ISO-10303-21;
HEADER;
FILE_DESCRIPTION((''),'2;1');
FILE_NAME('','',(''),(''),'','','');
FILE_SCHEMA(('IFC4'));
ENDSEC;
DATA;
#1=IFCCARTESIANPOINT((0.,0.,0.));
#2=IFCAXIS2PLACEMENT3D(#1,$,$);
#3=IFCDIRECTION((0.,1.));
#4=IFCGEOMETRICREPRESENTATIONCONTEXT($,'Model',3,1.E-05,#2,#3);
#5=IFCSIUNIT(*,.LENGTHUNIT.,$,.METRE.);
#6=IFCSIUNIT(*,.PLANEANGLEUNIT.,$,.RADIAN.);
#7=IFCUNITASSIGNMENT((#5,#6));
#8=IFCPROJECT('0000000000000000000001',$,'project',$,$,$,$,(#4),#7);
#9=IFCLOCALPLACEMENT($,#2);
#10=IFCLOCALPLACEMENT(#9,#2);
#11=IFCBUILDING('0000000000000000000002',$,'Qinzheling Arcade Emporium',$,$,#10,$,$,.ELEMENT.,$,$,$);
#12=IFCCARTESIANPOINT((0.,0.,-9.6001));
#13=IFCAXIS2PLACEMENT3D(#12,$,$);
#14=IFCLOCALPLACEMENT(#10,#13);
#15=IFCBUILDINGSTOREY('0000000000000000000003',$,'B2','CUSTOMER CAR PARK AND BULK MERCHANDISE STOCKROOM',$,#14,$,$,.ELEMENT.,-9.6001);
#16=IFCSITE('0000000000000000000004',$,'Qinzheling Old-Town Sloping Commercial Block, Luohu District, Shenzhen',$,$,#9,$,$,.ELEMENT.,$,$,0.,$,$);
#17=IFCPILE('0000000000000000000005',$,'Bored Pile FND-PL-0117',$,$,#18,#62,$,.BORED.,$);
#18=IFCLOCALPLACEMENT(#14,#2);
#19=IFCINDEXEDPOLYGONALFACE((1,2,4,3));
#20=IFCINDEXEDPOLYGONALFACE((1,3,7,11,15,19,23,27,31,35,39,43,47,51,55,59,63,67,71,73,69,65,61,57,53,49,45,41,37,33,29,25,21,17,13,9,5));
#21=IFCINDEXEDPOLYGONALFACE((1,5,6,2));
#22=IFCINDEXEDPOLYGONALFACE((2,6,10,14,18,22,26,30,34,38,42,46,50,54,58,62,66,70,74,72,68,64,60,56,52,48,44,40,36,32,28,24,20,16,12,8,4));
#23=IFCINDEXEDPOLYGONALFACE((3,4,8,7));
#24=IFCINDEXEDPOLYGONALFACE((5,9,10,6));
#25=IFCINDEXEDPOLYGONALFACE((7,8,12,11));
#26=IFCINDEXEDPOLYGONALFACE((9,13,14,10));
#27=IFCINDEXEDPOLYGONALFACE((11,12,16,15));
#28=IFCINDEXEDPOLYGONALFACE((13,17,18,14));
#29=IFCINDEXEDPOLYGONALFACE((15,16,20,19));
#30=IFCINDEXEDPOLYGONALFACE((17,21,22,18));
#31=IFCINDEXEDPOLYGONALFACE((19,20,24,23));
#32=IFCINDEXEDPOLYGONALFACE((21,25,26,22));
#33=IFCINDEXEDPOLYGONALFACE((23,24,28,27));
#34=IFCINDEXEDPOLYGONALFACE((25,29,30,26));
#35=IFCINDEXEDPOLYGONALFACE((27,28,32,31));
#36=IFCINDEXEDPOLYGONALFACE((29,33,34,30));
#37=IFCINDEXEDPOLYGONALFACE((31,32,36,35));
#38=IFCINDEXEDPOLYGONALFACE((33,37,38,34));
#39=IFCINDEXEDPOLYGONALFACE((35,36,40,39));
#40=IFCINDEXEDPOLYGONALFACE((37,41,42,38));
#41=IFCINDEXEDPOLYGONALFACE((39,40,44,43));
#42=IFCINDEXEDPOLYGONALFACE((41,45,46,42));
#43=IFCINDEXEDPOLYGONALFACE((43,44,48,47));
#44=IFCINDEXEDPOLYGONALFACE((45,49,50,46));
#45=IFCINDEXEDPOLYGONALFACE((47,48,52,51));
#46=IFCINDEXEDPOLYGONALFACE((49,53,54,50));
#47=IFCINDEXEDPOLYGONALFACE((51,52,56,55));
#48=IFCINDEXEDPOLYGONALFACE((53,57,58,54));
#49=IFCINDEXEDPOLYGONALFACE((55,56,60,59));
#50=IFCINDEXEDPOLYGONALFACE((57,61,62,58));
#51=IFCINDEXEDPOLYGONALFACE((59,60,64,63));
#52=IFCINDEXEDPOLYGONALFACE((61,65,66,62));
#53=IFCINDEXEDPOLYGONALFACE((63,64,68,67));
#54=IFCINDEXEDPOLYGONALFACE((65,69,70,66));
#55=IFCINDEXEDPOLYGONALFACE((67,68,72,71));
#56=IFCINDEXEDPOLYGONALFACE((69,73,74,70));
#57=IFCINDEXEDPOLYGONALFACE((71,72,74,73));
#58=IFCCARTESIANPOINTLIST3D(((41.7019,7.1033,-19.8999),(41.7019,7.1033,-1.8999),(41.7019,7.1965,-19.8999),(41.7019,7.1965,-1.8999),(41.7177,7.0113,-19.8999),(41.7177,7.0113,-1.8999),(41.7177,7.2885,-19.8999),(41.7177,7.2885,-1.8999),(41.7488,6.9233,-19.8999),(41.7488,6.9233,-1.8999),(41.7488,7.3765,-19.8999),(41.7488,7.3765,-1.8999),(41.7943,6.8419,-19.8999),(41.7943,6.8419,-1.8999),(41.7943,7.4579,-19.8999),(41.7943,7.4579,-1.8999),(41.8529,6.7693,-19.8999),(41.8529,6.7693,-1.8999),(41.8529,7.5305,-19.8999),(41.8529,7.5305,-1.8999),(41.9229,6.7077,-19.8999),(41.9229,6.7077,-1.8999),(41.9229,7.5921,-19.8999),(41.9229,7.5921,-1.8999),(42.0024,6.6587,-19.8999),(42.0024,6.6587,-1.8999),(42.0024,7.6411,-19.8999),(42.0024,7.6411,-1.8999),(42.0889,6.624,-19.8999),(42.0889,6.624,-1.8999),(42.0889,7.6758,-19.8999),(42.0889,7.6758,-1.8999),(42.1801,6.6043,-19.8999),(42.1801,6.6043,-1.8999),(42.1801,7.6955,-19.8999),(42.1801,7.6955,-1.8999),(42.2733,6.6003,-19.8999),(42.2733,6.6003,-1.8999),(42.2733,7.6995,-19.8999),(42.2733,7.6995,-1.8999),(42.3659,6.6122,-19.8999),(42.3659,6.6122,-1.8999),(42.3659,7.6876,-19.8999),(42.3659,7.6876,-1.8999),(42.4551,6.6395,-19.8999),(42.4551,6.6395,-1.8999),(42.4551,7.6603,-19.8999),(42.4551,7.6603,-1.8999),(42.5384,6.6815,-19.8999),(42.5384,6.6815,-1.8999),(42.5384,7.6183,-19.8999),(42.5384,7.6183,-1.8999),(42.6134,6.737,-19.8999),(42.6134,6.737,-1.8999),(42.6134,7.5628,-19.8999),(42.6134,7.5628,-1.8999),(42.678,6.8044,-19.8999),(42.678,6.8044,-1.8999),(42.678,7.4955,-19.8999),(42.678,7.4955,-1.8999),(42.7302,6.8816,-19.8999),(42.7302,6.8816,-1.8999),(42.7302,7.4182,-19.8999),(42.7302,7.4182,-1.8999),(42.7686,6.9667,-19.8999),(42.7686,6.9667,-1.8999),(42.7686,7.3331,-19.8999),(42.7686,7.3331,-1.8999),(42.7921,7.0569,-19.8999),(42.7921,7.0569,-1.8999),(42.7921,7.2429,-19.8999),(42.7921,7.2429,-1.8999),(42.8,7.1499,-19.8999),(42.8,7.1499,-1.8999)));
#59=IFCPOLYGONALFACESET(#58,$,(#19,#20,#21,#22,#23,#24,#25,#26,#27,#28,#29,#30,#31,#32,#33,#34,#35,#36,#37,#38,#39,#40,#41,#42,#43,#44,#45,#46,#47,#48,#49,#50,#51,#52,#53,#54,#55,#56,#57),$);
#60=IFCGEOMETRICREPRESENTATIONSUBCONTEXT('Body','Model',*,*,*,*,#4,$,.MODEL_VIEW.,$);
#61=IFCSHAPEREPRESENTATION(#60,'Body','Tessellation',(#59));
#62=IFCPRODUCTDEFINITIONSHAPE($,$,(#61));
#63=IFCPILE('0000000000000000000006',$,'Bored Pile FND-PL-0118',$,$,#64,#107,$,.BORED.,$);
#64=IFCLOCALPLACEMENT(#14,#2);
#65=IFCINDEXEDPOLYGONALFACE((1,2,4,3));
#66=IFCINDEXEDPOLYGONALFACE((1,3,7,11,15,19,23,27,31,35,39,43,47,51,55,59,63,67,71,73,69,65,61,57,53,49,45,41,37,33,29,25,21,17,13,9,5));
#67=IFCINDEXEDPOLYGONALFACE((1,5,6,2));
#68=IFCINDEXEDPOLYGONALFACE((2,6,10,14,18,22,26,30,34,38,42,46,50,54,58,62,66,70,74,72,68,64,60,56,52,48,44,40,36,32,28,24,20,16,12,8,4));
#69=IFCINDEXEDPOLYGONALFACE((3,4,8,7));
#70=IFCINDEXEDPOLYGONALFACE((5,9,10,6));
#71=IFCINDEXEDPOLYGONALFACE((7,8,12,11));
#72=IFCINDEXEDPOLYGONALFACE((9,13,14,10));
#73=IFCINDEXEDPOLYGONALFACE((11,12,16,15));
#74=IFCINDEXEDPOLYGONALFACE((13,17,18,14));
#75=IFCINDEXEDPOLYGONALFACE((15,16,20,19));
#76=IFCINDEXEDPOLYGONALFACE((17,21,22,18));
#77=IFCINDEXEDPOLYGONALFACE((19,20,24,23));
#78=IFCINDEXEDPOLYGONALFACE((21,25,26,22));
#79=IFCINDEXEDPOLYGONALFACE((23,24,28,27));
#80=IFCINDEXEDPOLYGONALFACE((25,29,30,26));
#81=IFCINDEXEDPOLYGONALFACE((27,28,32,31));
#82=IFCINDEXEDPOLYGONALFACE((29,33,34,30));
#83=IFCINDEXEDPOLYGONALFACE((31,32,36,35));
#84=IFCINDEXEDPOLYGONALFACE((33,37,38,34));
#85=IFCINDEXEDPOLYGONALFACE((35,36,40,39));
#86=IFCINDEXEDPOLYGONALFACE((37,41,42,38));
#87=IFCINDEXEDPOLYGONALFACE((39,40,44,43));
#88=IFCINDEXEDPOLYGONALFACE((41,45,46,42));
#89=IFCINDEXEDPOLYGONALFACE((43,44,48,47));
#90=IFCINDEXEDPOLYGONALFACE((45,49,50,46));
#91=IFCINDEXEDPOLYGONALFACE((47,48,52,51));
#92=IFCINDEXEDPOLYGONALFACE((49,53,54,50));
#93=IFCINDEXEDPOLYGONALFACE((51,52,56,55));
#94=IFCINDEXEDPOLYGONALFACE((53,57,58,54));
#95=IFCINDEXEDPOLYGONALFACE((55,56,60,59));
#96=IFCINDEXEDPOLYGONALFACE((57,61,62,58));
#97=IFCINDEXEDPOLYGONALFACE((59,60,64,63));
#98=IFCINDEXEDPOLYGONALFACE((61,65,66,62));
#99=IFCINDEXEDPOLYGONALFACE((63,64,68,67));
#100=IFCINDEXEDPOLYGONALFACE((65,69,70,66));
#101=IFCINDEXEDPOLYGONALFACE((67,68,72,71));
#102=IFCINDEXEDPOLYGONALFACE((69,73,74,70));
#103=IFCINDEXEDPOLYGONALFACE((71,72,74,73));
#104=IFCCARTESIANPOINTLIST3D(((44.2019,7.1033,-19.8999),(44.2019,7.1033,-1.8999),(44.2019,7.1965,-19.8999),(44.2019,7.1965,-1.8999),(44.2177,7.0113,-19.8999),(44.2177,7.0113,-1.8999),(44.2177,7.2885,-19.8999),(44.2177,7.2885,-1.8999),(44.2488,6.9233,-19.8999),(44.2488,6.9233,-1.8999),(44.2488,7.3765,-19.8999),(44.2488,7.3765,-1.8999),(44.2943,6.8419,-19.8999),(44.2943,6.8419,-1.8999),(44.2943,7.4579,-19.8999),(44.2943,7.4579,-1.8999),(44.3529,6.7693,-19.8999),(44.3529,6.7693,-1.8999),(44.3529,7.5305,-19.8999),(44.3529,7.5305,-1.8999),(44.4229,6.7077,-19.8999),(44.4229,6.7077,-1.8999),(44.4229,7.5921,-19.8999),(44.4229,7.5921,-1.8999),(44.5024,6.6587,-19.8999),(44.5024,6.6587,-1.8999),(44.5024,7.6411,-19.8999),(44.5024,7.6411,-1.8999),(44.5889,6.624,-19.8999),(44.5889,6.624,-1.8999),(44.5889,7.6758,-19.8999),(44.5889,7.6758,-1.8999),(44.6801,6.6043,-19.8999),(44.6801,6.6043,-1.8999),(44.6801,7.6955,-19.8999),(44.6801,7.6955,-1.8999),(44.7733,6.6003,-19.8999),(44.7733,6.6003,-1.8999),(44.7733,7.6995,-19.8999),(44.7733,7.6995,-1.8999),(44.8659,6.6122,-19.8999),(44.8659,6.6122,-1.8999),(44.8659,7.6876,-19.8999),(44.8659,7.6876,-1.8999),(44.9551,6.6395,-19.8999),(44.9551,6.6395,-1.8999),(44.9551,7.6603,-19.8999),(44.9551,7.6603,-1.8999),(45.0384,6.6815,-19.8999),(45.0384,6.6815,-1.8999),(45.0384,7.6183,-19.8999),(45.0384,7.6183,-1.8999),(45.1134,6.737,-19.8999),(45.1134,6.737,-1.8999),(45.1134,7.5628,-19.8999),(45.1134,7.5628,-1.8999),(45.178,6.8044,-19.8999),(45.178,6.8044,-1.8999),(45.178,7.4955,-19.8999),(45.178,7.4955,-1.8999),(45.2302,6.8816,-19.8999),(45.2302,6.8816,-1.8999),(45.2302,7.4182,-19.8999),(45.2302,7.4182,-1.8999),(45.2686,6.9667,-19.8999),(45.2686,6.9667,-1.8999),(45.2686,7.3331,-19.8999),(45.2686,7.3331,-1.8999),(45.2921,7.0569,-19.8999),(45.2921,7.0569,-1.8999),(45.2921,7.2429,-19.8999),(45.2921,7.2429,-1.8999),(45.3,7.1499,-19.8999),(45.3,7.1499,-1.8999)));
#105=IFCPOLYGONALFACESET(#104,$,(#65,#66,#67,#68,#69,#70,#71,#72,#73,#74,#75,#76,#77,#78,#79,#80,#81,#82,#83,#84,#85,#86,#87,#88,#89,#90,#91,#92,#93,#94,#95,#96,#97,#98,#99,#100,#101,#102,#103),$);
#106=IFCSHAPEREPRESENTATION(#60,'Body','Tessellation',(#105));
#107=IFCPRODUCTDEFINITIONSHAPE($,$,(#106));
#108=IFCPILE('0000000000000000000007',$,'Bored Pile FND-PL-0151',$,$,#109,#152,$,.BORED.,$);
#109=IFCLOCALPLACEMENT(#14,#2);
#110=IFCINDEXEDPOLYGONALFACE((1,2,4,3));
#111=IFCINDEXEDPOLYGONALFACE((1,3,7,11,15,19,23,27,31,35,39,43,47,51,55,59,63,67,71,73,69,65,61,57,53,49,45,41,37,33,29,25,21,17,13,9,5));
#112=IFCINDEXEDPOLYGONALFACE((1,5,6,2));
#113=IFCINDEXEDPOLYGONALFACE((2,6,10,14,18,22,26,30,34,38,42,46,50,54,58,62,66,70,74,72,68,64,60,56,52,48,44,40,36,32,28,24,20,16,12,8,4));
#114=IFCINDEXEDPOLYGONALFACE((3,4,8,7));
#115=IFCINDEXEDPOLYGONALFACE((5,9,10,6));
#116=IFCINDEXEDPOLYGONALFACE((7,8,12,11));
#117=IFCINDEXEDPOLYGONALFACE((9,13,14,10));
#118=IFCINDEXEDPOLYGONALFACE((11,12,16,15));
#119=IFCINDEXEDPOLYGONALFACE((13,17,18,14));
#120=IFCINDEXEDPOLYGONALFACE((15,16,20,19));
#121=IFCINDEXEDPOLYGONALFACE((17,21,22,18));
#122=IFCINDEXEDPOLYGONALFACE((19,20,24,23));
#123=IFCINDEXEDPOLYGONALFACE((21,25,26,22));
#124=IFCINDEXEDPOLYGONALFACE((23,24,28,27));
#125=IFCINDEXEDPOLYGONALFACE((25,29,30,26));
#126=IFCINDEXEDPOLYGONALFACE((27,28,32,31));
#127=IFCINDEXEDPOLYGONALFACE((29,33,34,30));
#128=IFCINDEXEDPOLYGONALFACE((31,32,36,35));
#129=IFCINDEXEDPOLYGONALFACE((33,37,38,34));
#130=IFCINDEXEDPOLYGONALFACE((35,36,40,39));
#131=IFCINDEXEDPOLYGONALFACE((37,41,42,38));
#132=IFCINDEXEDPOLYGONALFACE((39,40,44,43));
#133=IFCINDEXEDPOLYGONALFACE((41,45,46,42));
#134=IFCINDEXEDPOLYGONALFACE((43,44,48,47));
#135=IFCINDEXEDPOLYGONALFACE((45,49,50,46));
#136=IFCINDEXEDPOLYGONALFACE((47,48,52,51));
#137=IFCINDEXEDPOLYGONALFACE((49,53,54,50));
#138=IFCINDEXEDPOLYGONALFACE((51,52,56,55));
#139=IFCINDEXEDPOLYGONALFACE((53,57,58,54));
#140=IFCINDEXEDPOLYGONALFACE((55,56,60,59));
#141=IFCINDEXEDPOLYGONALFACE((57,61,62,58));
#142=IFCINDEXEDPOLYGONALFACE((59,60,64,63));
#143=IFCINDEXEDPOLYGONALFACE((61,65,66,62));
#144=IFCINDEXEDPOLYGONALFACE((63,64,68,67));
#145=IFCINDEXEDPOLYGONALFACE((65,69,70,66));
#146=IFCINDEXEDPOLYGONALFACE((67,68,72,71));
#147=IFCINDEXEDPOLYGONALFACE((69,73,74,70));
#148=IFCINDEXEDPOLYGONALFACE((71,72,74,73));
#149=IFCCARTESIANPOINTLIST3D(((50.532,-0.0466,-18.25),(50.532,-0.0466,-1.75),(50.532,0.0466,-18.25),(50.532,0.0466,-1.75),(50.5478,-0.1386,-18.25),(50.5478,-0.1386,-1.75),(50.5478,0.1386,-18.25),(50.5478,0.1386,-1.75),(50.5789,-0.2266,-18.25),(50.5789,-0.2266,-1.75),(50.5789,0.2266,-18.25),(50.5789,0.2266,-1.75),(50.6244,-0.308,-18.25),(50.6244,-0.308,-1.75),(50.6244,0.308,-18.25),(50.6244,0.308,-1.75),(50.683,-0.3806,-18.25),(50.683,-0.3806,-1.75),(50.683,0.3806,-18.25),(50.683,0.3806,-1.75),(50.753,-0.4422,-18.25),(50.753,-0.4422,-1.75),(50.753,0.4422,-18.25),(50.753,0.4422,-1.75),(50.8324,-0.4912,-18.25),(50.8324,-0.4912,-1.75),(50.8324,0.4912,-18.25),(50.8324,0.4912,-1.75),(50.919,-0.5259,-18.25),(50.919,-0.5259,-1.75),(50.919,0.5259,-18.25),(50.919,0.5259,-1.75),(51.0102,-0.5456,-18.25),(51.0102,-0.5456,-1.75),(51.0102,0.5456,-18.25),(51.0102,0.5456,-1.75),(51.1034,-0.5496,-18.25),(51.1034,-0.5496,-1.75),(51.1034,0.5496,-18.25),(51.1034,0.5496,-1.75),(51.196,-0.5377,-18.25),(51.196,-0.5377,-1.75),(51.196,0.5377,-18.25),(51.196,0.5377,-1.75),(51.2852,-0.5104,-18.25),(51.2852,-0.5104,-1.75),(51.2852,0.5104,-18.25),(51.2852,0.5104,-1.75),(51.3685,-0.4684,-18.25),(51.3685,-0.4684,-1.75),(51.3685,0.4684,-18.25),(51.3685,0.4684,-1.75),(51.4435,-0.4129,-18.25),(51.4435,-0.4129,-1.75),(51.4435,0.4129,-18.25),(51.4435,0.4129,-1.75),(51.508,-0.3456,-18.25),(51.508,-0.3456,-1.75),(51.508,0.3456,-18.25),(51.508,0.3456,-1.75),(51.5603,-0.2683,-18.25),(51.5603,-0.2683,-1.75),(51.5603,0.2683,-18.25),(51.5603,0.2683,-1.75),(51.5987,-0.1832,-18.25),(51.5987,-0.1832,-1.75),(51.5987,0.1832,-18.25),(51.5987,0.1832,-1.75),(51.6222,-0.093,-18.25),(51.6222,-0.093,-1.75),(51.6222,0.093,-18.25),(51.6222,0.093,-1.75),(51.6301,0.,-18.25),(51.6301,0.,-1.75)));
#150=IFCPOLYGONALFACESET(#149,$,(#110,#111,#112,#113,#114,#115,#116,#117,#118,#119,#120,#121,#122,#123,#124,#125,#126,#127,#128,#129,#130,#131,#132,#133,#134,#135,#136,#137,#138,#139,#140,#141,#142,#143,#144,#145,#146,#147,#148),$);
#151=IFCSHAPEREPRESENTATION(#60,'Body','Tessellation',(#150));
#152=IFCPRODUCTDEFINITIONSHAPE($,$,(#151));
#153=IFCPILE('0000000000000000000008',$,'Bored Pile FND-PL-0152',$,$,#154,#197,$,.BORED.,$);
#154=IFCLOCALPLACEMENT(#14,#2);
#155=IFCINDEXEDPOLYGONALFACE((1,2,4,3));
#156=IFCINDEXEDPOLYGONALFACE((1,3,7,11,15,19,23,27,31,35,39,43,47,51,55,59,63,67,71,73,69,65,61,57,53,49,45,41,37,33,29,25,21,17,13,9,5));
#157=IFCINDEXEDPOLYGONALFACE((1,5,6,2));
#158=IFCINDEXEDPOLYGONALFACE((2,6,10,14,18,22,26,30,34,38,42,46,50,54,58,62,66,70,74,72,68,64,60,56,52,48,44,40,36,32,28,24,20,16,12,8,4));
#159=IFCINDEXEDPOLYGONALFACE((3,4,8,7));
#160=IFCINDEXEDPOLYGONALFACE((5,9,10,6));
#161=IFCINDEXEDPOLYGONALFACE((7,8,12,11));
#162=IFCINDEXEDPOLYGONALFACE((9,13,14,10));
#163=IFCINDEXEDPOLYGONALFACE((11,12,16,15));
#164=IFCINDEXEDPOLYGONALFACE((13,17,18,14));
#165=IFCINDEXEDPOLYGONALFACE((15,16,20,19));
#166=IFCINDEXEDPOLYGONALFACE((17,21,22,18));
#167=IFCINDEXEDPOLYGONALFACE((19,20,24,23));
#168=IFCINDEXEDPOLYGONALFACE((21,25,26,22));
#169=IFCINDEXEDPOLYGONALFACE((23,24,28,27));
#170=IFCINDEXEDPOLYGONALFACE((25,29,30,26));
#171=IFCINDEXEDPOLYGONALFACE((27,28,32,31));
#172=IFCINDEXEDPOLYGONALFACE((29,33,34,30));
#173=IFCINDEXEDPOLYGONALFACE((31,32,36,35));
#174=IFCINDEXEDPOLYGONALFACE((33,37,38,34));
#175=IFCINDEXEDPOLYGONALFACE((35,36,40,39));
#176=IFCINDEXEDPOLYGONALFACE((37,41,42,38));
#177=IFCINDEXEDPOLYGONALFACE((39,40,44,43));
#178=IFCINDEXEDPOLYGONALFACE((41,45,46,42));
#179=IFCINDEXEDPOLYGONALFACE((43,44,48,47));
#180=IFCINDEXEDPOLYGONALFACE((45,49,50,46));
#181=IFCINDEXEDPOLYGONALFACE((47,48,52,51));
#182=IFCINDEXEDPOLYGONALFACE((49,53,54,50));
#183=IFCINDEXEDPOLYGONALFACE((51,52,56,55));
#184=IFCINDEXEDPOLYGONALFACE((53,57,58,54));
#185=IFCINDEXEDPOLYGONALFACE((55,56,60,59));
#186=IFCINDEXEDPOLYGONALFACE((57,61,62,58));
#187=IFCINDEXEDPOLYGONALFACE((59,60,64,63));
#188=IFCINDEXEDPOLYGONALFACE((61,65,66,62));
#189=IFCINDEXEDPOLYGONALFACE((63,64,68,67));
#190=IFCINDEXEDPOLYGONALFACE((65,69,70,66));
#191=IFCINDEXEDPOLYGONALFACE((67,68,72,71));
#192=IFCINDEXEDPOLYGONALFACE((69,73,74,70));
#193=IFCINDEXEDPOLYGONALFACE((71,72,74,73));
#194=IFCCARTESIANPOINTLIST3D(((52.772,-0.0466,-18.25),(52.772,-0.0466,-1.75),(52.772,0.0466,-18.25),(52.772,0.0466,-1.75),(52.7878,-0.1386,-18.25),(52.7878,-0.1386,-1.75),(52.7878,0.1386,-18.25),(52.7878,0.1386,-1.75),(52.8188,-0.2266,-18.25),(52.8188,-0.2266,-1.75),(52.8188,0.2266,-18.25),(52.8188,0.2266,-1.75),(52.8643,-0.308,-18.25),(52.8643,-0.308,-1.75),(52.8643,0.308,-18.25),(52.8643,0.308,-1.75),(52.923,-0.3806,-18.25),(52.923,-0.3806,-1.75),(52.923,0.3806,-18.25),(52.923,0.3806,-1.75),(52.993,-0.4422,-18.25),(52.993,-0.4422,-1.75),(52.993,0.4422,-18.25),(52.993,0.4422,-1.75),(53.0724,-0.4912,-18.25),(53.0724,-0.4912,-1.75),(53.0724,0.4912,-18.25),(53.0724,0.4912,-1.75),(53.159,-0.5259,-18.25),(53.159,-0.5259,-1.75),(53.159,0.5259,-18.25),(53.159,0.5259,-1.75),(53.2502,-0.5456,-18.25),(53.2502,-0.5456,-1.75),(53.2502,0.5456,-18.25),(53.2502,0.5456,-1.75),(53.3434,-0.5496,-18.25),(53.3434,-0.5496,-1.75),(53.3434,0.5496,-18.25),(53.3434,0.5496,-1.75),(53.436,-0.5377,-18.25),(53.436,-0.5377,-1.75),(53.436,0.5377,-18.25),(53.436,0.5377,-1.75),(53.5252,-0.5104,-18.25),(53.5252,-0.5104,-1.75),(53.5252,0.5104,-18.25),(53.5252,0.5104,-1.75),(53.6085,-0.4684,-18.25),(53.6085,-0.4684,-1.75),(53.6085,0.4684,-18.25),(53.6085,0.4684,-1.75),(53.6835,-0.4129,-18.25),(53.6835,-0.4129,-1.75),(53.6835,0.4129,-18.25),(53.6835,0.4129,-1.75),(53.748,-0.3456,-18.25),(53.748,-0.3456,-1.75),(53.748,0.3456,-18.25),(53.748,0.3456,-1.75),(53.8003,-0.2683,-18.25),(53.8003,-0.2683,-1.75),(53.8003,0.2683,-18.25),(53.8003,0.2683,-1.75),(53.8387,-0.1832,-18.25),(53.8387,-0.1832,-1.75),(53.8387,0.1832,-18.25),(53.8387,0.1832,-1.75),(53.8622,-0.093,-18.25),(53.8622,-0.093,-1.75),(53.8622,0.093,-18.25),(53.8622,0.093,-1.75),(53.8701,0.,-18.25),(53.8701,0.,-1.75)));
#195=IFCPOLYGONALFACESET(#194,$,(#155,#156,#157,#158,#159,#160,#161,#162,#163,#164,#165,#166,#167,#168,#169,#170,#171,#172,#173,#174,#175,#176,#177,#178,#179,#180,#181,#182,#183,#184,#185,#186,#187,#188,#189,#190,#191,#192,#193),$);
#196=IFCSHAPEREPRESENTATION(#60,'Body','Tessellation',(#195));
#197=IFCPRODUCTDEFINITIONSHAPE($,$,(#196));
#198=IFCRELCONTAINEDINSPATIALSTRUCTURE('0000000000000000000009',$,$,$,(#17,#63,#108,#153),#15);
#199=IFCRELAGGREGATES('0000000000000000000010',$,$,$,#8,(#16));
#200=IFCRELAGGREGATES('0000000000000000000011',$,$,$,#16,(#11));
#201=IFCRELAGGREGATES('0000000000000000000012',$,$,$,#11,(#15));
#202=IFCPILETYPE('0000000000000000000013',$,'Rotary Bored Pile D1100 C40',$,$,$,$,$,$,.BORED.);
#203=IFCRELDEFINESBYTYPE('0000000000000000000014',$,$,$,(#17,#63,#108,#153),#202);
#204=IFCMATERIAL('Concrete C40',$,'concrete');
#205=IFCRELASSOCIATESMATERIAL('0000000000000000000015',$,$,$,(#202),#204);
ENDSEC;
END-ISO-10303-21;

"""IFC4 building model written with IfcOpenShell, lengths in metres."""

from ifc_helpers import new_model, si_unit, direction, frame, origin, origin_2d, place, context, subcontext, project, spatial, circle, extrude, material, material_profile, profile_set, type_object, element, save


model = new_model("IFC4")

# Units and contexts
model_context = context("Model", 3, precision=1e-05, world=origin(), true_north=direction((0.0, 1.0)))
body_context = subcontext(model_context, "Body", "Model", "MODEL_VIEW")
ifc_project = project(units=[si_unit("LENGTHUNIT", "METRE"), si_unit("PLANEANGLEUNIT", "RADIAN")], contexts=[model_context])

# Site, building, storey
site_placement = place(None, origin())
site = spatial("IfcSite", under=ifc_project, at=site_placement, Name="Qinzheling Old-Town Sloping Commercial Block, Luohu District, Shenzhen", CompositionType="ELEMENT", RefElevation=0.0)
building_placement = place(site_placement, origin())
building = spatial("IfcBuilding", under=site, at=building_placement, Name="Qinzheling Arcade Emporium", CompositionType="ELEMENT")
storey_placement = place(building_placement, frame((0.0, 0.0, -9.6001)))
storey = spatial("IfcBuildingStorey", under=building, at=storey_placement, Name="B2", Description="CUSTOMER CAR PARK AND BULK MERCHANDISE STOCKROOM", CompositionType="ELEMENT", Elevation=-9.6001)

# Shared definitions
ifc_material_1 = material(Name="Concrete C40", Category="concrete")

# Piles
ifc_material_profile_1 = material_profile(ifc_material_1, circle(Radius=0.55, at=origin_2d()), Name="BORED D1100", Category="concrete")
ifc_profile_set_1 = profile_set([ifc_material_profile_1], Name="Concrete C40")
pile_type = type_object("IfcPileType", Name="Rotary Bored Pile D1100 C40", PredefinedType="BORED", material=ifc_profile_set_1)
for number, where, z_axis, x_axis, name in (
    (1, (42.25, 7.1499, -1.8999), (0.0, 0.0, -1.0), (1.0, 0.0, 0.0), "Bored Pile FND-PL-0117"),
    (2, (44.75, 7.1499, -1.8999), (0.0, 0.0, -1.0), (1.0, 0.0, 0.0), "Bored Pile FND-PL-0118"),
):
    element("IfcPile", number, at=place(storey_placement, frame(where, z_axis=z_axis, x_axis=x_axis)), inside=storey, type_object=pile_type, Name=name, PredefinedType="BORED", context=body_context, shape_type="SweptSolid", body=[
        extrude(circle(Radius=0.55, at=origin_2d()), origin(), (0.0, 0.0, 1.0), 18.0),
    ])
for number, where, z_axis, x_axis, name in (
    (3, (51.0801, 0.0, -1.75), (0.0, 0.0, -1.0), (1.0, 0.0, 0.0), "Bored Pile FND-PL-0151"),
    (4, (53.3201, 0.0, -1.75), (0.0, 0.0, -1.0), (1.0, 0.0, 0.0), "Bored Pile FND-PL-0152"),
):
    element("IfcPile", number, at=place(storey_placement, frame(where, z_axis=z_axis, x_axis=x_axis)), inside=storey, type_object=pile_type, Name=name, PredefinedType="BORED", context=body_context, shape_type="SweptSolid", body=[
        extrude(circle(Radius=0.55, at=origin_2d()), origin(), (0.0, 0.0, 1.0), 16.5),
    ])

save(model, "model.ifc")
